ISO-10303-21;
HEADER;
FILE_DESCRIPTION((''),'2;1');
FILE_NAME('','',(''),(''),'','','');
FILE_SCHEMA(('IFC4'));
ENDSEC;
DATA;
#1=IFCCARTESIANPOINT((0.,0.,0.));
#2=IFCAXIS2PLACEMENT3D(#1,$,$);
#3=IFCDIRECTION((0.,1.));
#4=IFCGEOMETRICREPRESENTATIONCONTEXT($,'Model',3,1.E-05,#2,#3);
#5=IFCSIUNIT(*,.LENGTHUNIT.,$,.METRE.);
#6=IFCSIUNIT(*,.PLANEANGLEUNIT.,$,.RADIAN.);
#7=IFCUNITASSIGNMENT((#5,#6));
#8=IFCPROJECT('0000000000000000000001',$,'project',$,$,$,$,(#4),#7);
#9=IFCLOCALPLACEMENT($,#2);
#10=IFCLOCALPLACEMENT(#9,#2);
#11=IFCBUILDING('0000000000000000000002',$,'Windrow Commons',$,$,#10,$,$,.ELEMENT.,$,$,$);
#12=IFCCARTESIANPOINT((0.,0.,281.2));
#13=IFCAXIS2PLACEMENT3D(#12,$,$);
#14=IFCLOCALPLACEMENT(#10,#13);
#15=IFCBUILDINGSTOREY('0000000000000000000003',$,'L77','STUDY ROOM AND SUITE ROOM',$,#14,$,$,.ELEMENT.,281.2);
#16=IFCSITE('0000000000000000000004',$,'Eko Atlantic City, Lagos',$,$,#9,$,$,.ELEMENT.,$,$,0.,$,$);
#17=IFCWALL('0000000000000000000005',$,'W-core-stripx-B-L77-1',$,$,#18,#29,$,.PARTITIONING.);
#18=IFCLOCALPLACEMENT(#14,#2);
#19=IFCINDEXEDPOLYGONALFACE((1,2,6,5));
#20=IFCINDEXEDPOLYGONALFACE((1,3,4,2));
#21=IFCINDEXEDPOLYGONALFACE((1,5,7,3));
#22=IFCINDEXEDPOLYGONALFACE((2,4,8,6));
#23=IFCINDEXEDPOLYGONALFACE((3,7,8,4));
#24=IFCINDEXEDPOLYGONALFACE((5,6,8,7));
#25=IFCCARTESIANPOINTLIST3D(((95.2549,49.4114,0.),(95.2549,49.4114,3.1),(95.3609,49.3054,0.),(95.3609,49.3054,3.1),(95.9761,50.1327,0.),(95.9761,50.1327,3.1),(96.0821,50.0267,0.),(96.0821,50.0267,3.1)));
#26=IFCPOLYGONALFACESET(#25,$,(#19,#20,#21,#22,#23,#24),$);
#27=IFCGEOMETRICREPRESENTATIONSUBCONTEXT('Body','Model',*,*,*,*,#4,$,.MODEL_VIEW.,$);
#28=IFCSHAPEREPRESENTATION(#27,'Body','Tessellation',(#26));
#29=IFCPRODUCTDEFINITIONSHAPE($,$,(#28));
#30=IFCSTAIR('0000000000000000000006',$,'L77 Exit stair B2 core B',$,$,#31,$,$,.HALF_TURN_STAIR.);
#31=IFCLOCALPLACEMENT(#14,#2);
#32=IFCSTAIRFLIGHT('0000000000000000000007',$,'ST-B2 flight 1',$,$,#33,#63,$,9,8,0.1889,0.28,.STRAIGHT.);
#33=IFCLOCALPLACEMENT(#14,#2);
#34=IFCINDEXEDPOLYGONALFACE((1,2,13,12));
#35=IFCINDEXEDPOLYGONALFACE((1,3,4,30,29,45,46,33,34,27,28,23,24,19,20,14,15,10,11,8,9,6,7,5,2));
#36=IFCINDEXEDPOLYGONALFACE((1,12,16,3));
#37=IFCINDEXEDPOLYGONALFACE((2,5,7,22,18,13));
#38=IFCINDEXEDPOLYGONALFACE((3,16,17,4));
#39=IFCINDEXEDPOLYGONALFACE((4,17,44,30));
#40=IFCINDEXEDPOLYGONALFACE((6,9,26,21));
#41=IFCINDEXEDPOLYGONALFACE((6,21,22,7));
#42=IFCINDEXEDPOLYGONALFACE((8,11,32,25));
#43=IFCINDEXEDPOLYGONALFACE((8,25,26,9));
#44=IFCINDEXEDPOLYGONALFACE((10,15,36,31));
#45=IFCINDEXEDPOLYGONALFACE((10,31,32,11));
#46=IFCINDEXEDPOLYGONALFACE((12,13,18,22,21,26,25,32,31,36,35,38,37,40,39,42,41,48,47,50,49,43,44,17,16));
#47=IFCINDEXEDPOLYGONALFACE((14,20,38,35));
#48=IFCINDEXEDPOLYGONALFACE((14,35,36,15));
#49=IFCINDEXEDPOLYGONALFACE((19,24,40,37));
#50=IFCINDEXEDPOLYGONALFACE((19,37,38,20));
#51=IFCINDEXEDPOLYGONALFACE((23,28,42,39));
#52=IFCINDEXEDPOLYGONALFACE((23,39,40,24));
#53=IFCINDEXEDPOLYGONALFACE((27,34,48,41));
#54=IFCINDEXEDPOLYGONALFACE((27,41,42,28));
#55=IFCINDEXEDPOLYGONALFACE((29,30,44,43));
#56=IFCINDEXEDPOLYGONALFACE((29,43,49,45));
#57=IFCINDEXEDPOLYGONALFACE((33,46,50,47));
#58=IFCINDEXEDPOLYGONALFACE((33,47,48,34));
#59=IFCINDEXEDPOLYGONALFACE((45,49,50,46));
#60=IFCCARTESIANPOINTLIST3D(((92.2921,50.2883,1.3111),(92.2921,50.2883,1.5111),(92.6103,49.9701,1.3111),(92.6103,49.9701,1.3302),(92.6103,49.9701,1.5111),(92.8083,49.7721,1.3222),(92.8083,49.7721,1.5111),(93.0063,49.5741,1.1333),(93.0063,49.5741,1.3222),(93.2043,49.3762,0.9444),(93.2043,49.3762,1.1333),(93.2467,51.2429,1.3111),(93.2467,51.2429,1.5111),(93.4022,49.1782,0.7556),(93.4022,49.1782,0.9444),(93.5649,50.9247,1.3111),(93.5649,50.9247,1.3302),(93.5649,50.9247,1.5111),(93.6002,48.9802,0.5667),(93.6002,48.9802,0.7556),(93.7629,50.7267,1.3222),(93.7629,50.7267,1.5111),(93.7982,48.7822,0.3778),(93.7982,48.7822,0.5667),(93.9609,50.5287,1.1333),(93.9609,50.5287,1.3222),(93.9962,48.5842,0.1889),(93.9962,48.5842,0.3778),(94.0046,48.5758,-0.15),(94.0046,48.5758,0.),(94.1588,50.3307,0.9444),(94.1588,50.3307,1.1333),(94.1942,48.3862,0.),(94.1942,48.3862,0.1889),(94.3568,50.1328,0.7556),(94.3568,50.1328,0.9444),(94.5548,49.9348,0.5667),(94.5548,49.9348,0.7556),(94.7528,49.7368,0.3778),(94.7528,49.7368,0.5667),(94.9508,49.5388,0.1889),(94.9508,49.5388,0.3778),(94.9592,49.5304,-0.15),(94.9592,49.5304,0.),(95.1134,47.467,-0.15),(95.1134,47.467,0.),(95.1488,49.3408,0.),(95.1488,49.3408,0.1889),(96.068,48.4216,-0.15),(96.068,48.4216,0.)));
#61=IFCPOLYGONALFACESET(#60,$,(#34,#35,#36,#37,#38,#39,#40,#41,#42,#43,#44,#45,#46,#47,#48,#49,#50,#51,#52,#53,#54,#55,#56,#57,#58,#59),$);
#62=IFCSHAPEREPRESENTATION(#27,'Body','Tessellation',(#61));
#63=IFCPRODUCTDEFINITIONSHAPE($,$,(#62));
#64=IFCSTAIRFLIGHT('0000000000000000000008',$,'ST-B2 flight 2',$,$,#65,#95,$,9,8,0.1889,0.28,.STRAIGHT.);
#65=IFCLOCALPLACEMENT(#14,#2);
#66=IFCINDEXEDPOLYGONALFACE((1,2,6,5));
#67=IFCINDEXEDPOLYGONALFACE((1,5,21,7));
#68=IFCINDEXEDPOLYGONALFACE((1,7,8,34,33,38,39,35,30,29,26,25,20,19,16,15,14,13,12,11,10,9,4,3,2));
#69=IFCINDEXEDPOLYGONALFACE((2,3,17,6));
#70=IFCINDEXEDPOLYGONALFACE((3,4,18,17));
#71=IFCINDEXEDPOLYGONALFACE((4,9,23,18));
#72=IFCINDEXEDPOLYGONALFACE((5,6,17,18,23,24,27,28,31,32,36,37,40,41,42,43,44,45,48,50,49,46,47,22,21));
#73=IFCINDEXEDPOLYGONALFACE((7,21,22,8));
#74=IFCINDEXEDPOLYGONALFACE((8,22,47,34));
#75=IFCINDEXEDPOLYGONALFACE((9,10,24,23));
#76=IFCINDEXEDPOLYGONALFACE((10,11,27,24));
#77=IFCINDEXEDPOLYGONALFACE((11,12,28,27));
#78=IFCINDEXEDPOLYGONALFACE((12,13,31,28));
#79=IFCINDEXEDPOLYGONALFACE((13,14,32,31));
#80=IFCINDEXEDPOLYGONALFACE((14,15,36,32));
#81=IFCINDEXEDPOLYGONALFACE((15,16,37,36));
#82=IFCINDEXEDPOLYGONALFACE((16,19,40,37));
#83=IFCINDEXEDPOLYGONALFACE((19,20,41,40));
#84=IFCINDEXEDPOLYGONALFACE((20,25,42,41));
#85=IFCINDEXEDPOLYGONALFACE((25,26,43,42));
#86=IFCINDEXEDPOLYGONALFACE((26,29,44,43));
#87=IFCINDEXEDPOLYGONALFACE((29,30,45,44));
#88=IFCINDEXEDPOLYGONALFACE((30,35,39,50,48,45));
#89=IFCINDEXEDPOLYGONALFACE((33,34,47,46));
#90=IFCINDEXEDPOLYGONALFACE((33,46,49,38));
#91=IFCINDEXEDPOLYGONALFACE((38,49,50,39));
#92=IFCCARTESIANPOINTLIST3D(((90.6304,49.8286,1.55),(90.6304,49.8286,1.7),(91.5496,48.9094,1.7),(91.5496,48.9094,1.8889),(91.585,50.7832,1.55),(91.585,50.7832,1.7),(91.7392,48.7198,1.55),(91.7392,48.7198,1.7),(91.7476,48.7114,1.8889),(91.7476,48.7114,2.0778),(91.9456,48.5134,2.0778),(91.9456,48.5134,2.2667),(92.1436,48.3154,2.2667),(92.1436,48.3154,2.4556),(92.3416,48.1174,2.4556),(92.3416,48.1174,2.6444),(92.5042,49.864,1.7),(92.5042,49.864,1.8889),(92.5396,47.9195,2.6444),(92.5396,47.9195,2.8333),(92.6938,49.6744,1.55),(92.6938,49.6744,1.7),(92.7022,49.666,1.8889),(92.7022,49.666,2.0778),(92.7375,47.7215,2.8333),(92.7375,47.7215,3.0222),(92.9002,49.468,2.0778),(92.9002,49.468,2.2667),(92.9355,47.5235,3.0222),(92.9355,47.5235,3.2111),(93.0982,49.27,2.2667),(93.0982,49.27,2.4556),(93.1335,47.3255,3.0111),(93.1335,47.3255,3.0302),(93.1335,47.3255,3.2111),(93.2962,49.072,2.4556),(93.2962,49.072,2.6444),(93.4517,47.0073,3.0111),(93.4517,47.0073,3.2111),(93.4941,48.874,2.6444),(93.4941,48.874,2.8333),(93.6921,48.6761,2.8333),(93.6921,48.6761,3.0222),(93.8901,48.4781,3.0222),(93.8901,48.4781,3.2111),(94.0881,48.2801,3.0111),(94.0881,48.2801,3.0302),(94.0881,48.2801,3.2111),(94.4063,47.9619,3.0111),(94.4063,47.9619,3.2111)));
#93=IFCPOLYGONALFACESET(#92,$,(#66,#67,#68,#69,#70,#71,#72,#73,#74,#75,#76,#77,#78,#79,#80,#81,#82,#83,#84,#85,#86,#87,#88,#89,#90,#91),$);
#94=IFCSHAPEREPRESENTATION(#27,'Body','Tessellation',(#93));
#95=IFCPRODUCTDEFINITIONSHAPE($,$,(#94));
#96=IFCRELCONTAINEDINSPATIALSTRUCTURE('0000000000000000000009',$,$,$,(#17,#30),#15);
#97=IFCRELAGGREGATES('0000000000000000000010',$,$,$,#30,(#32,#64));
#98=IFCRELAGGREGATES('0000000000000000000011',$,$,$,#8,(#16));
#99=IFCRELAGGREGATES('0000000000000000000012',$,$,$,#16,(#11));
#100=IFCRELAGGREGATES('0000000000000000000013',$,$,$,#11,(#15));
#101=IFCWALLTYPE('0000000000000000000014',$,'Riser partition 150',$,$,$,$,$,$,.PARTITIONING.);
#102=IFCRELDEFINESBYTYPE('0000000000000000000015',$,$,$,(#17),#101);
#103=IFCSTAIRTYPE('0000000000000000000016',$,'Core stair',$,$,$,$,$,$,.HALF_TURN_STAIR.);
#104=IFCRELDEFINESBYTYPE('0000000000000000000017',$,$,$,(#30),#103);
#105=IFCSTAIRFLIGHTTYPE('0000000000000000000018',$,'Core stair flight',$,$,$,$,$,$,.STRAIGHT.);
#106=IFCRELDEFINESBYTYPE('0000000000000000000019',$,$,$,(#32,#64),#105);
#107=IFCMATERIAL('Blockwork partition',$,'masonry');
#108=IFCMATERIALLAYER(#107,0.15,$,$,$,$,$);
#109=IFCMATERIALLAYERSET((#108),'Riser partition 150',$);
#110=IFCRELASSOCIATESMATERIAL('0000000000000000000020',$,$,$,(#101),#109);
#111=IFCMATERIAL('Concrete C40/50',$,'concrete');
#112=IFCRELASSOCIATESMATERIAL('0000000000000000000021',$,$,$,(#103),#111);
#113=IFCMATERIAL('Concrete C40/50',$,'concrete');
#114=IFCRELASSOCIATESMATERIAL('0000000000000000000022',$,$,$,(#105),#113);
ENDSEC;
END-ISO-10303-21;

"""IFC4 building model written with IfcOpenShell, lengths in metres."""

from ifc_helpers import new_model, si_unit, direction, frame, frame_2d, origin, place, context, subcontext, project, spatial, polyline, rectangle, outline, extrude, material, layer, layer_set, type_object, element, aggregate, save


model = new_model("IFC4")

# Units and contexts
model_context = context("Model", 3, precision=1e-05, world=origin(), true_north=direction((0.0, 1.0)))
body_context = subcontext(model_context, "Body", "Model", "MODEL_VIEW")
ifc_project = project(units=[si_unit("LENGTHUNIT", "METRE"), si_unit("PLANEANGLEUNIT", "RADIAN")], contexts=[model_context])

# Site, building, storey
site_placement = place(None, origin())
site = spatial("IfcSite", under=ifc_project, at=site_placement, Name="Eko Atlantic City, Lagos", CompositionType="ELEMENT", RefElevation=0.0)
building_placement = place(site_placement, origin())
building = spatial("IfcBuilding", under=site, at=building_placement, Name="Windrow Commons", CompositionType="ELEMENT")
storey_placement = place(building_placement, frame((0.0, 0.0, 281.2)))
storey = spatial("IfcBuildingStorey", under=building, at=storey_placement, Name="L77", Description="STUDY ROOM AND SUITE ROOM", CompositionType="ELEMENT", Elevation=281.2)

# Wall
ifc_material_1 = material(Name="Blockwork partition", Category="masonry")
ifc_layer_1 = layer(ifc_material_1, 0.15)
ifc_layer_set_1 = layer_set([ifc_layer_1], Name="Riser partition 150")
wall_type_1 = type_object("IfcWallType", Name="Riser partition 150", PredefinedType="PARTITIONING", material=ifc_layer_set_1)
wall_1_placement = place(storey_placement, frame((95.3079, 49.3584, 0.0), z_axis=(0.0, 0.0, 1.0), x_axis=(0.707058, 0.707156, 0.0)))
element("IfcWall", 1, at=wall_1_placement, inside=storey, type_object=wall_type_1, Name="W-core-stripx-B-L77-1", PredefinedType="PARTITIONING", context=body_context, shape_type="SweptSolid", body=[
    extrude(rectangle(XDim=1.02, YDim=0.15, at=frame_2d((0.51, 0.0))), origin(), (0.0, 0.0, 1.0), 3.1),
])

# Stair, stair flights
ifc_material_2 = material(Name="Concrete C40/50", Category="concrete")
stair_type = type_object("IfcStairType", Name="Core stair", PredefinedType="HALF_TURN_STAIR", material=ifc_material_2)
stair_placement = place(storey_placement, origin())
stair = element("IfcStair", 2, at=stair_placement, inside=storey, type_object=stair_type, Name="L77 Exit stair B2 core B", PredefinedType="HALF_TURN_STAIR")
ifc_material_3 = material(Name="Concrete C40/50", Category="concrete")
stair_flight_type = type_object("IfcStairFlightType", Name="Core stair flight", PredefinedType="STRAIGHT", material=ifc_material_3)
stair_flight_1_placement = place(storey_placement, frame((94.6715, 48.8635, 0.0), z_axis=(0.0, 0.0, 1.0), x_axis=(-0.707107, 0.707107, 0.0)))
stair_flight_1 = element("IfcStairFlight", 3, at=stair_flight_1_placement, type_object=stair_flight_type, Name="ST-B2 flight 1", NumberOfRisers=9, NumberOfTreads=8, PredefinedType="STRAIGHT", RiserHeight=0.1889, TreadLength=0.28, context=body_context, shape_type="SweptSolid", body=[
    extrude(outline(polyline([(-1.3, -0.15), (-1.3, 0.0), (0.0, 0.0), (0.0, 0.1889), (0.28, 0.1889), (0.28, 0.3778), (0.56, 0.3778), (0.56, 0.5667), (0.84, 0.5667), (0.84, 0.7556), (1.12, 0.7556), (1.12, 0.9444), (1.4, 0.9444), (1.4, 1.1333), (1.68, 1.1333), (1.68, 1.3222), (1.96, 1.3222), (1.96, 1.5111), (2.24, 1.5111), (2.69, 1.5111), (2.69, 1.3111), (2.24, 1.3111), (2.24, 1.3302), (0.2682, 0.0), (0.2682, -0.15), (-1.3, -0.15)])), frame((0.0, 0.675, 0.0), z_axis=(0.0, -1.0, 0.0), x_axis=(1.0, 0.0, 0.0)), (0.0, 0.0, 1.0), 1.35),
])
stair_flight_2_placement = place(storey_placement, frame((92.0269, 49.3867, 1.7), z_axis=(0.0, 0.0, 1.0), x_axis=(0.707107, -0.707107, 0.0)))
stair_flight_2 = element("IfcStairFlight", 4, at=stair_flight_2_placement, type_object=stair_flight_type, Name="ST-B2 flight 2", NumberOfRisers=9, NumberOfTreads=8, PredefinedType="STRAIGHT", RiserHeight=0.1889, TreadLength=0.28, context=body_context, shape_type="SweptSolid", body=[
    extrude(outline(polyline([(-1.3, -0.15), (-1.3, 0.0), (0.0, 0.0), (0.0, 0.1889), (0.28, 0.1889), (0.28, 0.3778), (0.56, 0.3778), (0.56, 0.5667), (0.84, 0.5667), (0.84, 0.7556), (1.12, 0.7556), (1.12, 0.9444), (1.4, 0.9444), (1.4, 1.1333), (1.68, 1.1333), (1.68, 1.3222), (1.96, 1.3222), (1.96, 1.5111), (2.24, 1.5111), (2.69, 1.5111), (2.69, 1.3111), (2.24, 1.3111), (2.24, 1.3302), (0.2682, 0.0), (0.2682, -0.15), (-1.3, -0.15)])), frame((0.0, 0.675, 0.0), z_axis=(0.0, -1.0, 0.0), x_axis=(1.0, 0.0, 0.0)), (0.0, 0.0, 1.0), 1.35),
])
aggregate(stair, [stair_flight_1, stair_flight_2])

save(model, "model.ifc")
